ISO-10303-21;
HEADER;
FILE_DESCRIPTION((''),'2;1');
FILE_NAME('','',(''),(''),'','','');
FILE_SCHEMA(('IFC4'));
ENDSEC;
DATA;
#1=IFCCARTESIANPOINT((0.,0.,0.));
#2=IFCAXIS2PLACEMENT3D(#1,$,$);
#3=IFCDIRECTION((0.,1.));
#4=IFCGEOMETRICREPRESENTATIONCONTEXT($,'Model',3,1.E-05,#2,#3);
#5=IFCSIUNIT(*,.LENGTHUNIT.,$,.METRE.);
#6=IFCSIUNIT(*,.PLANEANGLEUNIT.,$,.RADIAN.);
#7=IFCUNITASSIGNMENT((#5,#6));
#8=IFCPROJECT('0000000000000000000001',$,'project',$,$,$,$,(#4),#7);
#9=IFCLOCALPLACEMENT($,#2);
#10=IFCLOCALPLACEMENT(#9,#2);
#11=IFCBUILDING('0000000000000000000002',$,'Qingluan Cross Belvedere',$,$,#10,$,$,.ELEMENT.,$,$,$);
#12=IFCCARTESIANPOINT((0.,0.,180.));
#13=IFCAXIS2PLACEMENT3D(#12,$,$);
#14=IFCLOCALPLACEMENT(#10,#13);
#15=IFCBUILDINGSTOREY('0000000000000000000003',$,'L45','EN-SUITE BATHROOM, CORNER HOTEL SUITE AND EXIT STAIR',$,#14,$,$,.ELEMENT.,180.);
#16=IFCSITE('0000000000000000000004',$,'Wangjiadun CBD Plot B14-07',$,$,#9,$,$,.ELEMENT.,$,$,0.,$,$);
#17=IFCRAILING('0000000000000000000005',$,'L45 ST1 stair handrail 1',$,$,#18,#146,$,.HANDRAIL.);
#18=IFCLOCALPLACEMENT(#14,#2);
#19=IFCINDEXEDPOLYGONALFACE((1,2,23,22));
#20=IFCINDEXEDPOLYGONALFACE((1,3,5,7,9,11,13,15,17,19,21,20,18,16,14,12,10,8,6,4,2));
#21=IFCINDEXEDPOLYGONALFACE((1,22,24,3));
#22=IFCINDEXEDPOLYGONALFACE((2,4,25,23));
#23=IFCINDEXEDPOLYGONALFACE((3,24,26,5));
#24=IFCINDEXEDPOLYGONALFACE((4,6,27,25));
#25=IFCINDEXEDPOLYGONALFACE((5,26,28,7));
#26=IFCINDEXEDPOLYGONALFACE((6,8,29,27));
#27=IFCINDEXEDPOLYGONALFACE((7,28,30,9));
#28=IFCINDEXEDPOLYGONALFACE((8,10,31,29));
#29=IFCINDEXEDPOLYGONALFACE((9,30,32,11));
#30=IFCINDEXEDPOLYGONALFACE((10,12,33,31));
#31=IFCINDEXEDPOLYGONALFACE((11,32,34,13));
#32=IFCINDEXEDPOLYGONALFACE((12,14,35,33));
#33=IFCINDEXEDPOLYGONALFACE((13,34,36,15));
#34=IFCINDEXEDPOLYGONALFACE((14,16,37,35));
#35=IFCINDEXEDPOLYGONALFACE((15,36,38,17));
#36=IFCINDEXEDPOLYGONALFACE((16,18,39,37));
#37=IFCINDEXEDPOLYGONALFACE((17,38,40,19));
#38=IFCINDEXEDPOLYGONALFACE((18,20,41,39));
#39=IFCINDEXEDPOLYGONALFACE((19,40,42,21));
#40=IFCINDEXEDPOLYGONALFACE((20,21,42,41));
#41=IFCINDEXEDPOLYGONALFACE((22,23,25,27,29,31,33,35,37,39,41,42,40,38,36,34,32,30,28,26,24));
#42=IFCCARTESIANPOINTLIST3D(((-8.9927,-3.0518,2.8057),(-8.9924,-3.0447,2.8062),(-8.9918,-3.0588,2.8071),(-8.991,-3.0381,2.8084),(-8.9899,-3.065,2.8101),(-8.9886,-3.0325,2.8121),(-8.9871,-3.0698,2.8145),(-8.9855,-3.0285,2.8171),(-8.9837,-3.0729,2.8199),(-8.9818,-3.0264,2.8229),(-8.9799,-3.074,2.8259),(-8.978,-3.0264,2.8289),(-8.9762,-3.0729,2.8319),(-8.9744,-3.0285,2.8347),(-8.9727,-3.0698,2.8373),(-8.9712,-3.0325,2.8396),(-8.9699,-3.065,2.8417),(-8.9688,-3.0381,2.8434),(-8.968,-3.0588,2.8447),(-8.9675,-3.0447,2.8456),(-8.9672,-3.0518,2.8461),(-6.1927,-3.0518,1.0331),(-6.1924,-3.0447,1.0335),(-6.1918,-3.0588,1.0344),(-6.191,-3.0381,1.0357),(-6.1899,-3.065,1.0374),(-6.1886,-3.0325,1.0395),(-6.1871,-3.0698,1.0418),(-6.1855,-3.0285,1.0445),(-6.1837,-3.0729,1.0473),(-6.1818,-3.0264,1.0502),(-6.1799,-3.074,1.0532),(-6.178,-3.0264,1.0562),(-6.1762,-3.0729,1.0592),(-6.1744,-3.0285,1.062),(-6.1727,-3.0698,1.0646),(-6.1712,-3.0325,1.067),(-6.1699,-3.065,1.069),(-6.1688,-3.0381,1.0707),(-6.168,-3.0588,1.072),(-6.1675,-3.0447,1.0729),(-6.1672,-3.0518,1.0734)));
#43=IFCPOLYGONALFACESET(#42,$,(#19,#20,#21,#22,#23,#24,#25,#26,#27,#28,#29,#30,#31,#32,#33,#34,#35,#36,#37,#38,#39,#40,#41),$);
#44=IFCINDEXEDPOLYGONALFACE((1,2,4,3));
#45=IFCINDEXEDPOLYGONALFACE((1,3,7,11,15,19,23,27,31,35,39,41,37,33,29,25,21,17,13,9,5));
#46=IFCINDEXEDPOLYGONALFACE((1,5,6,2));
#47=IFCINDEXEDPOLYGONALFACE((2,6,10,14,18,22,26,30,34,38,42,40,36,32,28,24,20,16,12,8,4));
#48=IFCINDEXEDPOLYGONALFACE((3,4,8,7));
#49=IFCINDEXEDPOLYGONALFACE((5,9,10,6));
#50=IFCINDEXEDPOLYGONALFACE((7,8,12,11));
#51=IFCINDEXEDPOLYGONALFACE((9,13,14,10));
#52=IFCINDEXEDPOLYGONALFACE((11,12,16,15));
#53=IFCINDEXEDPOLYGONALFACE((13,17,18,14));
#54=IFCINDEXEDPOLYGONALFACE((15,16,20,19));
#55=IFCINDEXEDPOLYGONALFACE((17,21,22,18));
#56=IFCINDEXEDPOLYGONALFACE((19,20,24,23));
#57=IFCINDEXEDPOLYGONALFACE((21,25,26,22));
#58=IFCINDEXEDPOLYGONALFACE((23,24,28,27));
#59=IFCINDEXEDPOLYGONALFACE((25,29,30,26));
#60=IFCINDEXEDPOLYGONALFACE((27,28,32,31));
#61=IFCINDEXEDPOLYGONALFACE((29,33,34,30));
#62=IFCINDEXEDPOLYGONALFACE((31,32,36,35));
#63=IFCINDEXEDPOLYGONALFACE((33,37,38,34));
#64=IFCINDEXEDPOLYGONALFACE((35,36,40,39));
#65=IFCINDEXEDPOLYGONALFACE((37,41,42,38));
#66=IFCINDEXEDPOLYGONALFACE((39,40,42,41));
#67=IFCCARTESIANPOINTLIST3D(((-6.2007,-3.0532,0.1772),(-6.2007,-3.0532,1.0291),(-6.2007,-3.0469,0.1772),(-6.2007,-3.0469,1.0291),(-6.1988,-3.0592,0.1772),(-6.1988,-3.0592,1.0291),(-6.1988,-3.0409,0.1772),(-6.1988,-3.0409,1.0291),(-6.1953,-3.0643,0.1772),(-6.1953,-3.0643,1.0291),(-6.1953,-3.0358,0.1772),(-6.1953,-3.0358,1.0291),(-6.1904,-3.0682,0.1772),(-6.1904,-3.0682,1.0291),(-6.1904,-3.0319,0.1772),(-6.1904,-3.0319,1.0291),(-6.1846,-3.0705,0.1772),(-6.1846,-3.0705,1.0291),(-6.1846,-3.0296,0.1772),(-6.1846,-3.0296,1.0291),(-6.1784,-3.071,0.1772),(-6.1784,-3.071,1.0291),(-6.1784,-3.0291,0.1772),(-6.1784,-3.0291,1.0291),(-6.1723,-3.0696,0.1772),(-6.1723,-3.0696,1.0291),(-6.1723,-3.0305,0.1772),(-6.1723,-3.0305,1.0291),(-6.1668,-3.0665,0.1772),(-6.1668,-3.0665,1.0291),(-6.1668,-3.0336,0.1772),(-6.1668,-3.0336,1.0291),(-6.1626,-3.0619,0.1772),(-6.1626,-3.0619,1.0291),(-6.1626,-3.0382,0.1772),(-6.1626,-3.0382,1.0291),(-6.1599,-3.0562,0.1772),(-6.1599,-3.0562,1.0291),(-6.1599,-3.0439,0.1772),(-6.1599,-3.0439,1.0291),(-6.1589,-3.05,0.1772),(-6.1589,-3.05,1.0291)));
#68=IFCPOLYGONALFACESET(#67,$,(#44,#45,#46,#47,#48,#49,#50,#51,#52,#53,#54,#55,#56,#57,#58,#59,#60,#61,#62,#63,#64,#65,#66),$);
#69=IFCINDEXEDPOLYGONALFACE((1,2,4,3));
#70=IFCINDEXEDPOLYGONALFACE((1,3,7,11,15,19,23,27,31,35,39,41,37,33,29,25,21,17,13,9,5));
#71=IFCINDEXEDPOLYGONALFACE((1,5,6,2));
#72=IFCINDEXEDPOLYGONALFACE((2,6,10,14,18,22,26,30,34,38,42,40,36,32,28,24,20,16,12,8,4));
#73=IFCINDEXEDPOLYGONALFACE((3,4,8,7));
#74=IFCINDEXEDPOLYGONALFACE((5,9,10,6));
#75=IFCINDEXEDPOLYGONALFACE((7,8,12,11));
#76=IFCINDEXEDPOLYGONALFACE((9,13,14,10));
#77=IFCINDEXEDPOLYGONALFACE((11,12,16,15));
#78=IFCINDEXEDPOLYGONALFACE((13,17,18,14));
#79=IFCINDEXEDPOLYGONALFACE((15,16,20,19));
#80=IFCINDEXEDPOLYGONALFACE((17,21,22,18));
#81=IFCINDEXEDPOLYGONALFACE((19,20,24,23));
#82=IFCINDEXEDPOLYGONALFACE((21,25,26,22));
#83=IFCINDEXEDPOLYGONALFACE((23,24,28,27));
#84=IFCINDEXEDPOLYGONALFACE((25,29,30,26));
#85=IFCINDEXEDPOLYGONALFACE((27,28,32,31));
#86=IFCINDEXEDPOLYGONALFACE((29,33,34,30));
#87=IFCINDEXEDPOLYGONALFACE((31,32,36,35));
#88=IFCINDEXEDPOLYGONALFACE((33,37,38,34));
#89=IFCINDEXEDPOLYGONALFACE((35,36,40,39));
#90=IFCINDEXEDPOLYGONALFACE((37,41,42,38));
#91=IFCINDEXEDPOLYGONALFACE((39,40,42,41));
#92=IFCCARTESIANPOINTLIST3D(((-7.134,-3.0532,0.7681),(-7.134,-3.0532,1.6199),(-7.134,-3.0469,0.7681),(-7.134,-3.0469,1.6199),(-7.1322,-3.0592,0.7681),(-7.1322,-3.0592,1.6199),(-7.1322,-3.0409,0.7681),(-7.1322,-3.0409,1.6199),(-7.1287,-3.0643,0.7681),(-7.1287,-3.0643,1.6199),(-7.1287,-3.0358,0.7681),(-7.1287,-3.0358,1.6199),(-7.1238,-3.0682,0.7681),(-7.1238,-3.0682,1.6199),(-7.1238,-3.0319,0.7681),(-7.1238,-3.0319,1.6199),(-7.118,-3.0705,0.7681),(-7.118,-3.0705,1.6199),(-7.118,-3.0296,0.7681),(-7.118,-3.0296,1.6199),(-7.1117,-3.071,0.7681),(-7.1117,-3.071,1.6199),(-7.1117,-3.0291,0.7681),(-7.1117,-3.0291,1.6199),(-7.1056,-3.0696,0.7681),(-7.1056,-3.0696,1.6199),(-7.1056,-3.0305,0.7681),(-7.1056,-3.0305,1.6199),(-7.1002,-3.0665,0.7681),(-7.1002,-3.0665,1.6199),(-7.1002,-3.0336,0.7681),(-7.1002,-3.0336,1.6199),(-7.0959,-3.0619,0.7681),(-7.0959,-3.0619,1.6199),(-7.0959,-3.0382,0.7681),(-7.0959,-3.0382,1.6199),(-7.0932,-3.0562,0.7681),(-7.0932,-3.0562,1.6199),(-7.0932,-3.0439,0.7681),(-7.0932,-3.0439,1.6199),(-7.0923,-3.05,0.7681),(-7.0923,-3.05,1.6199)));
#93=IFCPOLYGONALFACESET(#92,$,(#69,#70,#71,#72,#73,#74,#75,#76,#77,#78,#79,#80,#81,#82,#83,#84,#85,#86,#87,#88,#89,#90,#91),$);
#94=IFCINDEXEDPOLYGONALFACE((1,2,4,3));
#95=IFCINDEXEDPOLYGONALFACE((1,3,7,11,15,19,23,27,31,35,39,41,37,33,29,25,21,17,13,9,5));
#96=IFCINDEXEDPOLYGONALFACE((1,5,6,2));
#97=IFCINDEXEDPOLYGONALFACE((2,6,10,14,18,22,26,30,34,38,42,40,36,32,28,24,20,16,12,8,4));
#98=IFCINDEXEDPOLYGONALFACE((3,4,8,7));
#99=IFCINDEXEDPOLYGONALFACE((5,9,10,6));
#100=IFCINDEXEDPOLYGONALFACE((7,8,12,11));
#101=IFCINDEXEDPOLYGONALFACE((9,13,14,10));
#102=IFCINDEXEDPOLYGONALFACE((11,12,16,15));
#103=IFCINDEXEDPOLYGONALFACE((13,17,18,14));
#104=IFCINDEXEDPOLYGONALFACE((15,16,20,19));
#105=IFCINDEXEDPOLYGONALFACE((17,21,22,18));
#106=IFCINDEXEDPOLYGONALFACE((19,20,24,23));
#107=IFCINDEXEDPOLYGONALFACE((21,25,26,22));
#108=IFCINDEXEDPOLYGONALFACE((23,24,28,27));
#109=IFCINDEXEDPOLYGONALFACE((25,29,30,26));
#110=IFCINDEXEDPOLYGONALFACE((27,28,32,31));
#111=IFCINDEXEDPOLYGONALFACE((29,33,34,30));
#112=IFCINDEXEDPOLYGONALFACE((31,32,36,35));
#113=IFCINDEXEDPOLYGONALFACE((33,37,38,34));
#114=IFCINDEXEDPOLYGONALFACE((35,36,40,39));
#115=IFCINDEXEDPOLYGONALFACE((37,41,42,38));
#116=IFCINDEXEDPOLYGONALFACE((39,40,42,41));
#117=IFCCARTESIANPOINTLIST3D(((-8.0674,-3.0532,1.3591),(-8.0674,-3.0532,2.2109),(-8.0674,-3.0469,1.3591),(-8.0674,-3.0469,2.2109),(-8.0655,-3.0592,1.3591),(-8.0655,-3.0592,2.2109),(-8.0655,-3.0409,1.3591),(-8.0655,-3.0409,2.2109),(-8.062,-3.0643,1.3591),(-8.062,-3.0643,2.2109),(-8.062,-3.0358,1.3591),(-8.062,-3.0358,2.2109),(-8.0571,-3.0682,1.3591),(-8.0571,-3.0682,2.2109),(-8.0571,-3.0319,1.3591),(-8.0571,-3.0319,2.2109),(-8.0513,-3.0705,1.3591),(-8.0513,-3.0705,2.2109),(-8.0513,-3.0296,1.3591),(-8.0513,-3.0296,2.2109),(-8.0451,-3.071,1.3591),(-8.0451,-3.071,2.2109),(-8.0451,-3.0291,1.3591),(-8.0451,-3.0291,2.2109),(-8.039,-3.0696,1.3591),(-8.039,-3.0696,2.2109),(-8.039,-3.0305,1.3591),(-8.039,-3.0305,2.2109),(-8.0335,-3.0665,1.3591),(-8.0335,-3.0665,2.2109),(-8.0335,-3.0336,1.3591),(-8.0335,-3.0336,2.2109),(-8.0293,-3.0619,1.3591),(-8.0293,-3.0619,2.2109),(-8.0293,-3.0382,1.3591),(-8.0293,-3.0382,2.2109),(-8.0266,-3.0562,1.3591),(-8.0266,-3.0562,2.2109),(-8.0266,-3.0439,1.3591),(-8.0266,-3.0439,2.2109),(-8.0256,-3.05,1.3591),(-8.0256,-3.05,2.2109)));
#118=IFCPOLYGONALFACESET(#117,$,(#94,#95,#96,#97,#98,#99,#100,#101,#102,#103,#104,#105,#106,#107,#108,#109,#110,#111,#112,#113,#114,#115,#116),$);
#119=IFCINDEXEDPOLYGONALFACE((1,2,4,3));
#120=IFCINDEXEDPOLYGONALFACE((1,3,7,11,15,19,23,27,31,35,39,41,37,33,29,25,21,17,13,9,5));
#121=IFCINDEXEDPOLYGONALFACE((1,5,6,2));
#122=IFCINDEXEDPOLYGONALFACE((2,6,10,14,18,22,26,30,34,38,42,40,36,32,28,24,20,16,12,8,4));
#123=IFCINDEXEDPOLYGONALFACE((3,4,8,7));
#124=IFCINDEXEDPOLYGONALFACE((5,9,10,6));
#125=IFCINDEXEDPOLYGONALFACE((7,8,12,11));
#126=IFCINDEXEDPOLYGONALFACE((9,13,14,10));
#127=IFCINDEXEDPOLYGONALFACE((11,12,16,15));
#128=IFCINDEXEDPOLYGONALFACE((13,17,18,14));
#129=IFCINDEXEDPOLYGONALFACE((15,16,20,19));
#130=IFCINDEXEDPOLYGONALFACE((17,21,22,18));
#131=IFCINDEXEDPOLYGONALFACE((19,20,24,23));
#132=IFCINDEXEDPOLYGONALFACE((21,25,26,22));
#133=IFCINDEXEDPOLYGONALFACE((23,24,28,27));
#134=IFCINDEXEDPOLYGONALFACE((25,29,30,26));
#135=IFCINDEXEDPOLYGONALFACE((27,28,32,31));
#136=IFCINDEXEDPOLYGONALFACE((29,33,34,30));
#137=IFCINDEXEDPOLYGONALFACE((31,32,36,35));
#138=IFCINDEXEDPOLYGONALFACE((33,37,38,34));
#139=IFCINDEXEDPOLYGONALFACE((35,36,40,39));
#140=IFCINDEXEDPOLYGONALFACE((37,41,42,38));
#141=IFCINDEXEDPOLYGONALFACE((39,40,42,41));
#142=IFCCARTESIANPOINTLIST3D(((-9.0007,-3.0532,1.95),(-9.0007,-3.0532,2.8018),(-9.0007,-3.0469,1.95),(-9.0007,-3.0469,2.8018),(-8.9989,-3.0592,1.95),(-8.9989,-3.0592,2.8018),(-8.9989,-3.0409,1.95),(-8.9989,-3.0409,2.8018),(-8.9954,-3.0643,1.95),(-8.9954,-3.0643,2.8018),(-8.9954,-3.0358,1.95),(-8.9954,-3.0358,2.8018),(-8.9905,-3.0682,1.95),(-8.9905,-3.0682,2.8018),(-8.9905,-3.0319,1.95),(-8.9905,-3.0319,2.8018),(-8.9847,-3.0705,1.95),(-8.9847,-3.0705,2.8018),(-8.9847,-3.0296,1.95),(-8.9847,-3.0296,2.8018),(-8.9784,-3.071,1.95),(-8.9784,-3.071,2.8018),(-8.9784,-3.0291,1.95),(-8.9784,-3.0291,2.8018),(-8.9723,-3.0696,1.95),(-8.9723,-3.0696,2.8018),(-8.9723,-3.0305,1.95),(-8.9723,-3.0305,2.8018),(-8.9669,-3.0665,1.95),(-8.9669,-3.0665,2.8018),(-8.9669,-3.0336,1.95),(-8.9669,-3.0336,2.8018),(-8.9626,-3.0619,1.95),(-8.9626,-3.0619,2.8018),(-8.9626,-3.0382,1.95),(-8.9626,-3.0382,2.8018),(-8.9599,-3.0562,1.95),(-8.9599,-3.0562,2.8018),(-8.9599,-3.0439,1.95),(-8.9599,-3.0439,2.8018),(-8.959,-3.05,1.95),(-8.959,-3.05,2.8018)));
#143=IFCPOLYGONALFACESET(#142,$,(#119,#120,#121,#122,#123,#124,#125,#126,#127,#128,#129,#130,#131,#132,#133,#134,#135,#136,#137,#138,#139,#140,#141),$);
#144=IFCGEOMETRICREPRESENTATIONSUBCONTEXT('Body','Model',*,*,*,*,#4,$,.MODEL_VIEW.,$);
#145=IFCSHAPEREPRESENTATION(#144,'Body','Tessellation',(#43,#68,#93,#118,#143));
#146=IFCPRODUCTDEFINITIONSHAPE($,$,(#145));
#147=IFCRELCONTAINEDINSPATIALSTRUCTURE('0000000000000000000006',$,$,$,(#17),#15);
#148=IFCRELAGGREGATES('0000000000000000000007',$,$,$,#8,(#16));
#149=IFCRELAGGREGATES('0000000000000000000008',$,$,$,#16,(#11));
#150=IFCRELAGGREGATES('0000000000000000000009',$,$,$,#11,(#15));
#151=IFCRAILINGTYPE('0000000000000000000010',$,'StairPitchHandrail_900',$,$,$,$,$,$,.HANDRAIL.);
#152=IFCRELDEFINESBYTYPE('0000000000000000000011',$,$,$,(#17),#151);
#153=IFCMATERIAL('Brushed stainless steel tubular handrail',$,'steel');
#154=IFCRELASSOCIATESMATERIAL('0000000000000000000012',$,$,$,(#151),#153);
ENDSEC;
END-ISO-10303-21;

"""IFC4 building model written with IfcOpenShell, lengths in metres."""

from ifc_helpers import new_model, si_unit, direction, frame, origin, origin_2d, place, context, subcontext, project, spatial, circle, extrude, material, type_object, element, save


model = new_model("IFC4")

# Units and contexts
model_context = context("Model", 3, precision=1e-05, world=origin(), true_north=direction((0.0, 1.0)))
body_context = subcontext(model_context, "Body", "Model", "MODEL_VIEW")
ifc_project = project(units=[si_unit("LENGTHUNIT", "METRE"), si_unit("PLANEANGLEUNIT", "RADIAN")], contexts=[model_context])

# Site, building, storey
site_placement = place(None, origin())
site = spatial("IfcSite", under=ifc_project, at=site_placement, Name="Wangjiadun CBD Plot B14-07", CompositionType="ELEMENT", RefElevation=0.0)
building_placement = place(site_placement, origin())
building = spatial("IfcBuilding", under=site, at=building_placement, Name="Qingluan Cross Belvedere", CompositionType="ELEMENT")
storey_placement = place(building_placement, frame((0.0, 0.0, 180.0)))
storey = spatial("IfcBuildingStorey", under=building, at=storey_placement, Name="L45", Description="EN-SUITE BATHROOM, CORNER HOTEL SUITE AND EXIT STAIR", CompositionType="ELEMENT", Elevation=180.0)

# Railing
ifc_material_1 = material(Name="Brushed stainless steel tubular handrail", Category="steel")
railing_type_1 = type_object("IfcRailingType", Name="StairPitchHandrail_900", PredefinedType="HANDRAIL", material=ifc_material_1)
railing_1_placement = place(storey_placement, frame((-6.1799, -3.05, 0.1772)))
element("IfcRailing", 1, at=railing_1_placement, inside=storey, type_object=railing_type_1, Name="L45 ST1 stair handrail 1", PredefinedType="HANDRAIL", context=body_context, shape_type="SweptSolid", body=[
    extrude(circle(Radius=0.0239, at=origin_2d()), frame((0.0, 0.0, 0.876), z_axis=(-0.844909, 0.0, 0.53491), x_axis=(0.0, -1.0, 0.0)), (0.0, 0.0, 1.0), 3.314),
    extrude(circle(Radius=0.021, at=origin_2d()), origin(), (0.0, 0.0, 1.0), 0.8518),
    extrude(circle(Radius=0.021, at=origin_2d()), frame((-0.9333, 0.0, 0.5908)), (0.0, 0.0, 1.0), 0.8518),
    extrude(circle(Radius=0.021, at=origin_2d()), frame((-1.8667, 0.0, 1.1819)), (0.0, 0.0, 1.0), 0.8518),
    extrude(circle(Radius=0.021, at=origin_2d()), frame((-2.8, 0.0, 1.7727)), (0.0, 0.0, 1.0), 0.8518),
])

save(model, "model.ifc")
